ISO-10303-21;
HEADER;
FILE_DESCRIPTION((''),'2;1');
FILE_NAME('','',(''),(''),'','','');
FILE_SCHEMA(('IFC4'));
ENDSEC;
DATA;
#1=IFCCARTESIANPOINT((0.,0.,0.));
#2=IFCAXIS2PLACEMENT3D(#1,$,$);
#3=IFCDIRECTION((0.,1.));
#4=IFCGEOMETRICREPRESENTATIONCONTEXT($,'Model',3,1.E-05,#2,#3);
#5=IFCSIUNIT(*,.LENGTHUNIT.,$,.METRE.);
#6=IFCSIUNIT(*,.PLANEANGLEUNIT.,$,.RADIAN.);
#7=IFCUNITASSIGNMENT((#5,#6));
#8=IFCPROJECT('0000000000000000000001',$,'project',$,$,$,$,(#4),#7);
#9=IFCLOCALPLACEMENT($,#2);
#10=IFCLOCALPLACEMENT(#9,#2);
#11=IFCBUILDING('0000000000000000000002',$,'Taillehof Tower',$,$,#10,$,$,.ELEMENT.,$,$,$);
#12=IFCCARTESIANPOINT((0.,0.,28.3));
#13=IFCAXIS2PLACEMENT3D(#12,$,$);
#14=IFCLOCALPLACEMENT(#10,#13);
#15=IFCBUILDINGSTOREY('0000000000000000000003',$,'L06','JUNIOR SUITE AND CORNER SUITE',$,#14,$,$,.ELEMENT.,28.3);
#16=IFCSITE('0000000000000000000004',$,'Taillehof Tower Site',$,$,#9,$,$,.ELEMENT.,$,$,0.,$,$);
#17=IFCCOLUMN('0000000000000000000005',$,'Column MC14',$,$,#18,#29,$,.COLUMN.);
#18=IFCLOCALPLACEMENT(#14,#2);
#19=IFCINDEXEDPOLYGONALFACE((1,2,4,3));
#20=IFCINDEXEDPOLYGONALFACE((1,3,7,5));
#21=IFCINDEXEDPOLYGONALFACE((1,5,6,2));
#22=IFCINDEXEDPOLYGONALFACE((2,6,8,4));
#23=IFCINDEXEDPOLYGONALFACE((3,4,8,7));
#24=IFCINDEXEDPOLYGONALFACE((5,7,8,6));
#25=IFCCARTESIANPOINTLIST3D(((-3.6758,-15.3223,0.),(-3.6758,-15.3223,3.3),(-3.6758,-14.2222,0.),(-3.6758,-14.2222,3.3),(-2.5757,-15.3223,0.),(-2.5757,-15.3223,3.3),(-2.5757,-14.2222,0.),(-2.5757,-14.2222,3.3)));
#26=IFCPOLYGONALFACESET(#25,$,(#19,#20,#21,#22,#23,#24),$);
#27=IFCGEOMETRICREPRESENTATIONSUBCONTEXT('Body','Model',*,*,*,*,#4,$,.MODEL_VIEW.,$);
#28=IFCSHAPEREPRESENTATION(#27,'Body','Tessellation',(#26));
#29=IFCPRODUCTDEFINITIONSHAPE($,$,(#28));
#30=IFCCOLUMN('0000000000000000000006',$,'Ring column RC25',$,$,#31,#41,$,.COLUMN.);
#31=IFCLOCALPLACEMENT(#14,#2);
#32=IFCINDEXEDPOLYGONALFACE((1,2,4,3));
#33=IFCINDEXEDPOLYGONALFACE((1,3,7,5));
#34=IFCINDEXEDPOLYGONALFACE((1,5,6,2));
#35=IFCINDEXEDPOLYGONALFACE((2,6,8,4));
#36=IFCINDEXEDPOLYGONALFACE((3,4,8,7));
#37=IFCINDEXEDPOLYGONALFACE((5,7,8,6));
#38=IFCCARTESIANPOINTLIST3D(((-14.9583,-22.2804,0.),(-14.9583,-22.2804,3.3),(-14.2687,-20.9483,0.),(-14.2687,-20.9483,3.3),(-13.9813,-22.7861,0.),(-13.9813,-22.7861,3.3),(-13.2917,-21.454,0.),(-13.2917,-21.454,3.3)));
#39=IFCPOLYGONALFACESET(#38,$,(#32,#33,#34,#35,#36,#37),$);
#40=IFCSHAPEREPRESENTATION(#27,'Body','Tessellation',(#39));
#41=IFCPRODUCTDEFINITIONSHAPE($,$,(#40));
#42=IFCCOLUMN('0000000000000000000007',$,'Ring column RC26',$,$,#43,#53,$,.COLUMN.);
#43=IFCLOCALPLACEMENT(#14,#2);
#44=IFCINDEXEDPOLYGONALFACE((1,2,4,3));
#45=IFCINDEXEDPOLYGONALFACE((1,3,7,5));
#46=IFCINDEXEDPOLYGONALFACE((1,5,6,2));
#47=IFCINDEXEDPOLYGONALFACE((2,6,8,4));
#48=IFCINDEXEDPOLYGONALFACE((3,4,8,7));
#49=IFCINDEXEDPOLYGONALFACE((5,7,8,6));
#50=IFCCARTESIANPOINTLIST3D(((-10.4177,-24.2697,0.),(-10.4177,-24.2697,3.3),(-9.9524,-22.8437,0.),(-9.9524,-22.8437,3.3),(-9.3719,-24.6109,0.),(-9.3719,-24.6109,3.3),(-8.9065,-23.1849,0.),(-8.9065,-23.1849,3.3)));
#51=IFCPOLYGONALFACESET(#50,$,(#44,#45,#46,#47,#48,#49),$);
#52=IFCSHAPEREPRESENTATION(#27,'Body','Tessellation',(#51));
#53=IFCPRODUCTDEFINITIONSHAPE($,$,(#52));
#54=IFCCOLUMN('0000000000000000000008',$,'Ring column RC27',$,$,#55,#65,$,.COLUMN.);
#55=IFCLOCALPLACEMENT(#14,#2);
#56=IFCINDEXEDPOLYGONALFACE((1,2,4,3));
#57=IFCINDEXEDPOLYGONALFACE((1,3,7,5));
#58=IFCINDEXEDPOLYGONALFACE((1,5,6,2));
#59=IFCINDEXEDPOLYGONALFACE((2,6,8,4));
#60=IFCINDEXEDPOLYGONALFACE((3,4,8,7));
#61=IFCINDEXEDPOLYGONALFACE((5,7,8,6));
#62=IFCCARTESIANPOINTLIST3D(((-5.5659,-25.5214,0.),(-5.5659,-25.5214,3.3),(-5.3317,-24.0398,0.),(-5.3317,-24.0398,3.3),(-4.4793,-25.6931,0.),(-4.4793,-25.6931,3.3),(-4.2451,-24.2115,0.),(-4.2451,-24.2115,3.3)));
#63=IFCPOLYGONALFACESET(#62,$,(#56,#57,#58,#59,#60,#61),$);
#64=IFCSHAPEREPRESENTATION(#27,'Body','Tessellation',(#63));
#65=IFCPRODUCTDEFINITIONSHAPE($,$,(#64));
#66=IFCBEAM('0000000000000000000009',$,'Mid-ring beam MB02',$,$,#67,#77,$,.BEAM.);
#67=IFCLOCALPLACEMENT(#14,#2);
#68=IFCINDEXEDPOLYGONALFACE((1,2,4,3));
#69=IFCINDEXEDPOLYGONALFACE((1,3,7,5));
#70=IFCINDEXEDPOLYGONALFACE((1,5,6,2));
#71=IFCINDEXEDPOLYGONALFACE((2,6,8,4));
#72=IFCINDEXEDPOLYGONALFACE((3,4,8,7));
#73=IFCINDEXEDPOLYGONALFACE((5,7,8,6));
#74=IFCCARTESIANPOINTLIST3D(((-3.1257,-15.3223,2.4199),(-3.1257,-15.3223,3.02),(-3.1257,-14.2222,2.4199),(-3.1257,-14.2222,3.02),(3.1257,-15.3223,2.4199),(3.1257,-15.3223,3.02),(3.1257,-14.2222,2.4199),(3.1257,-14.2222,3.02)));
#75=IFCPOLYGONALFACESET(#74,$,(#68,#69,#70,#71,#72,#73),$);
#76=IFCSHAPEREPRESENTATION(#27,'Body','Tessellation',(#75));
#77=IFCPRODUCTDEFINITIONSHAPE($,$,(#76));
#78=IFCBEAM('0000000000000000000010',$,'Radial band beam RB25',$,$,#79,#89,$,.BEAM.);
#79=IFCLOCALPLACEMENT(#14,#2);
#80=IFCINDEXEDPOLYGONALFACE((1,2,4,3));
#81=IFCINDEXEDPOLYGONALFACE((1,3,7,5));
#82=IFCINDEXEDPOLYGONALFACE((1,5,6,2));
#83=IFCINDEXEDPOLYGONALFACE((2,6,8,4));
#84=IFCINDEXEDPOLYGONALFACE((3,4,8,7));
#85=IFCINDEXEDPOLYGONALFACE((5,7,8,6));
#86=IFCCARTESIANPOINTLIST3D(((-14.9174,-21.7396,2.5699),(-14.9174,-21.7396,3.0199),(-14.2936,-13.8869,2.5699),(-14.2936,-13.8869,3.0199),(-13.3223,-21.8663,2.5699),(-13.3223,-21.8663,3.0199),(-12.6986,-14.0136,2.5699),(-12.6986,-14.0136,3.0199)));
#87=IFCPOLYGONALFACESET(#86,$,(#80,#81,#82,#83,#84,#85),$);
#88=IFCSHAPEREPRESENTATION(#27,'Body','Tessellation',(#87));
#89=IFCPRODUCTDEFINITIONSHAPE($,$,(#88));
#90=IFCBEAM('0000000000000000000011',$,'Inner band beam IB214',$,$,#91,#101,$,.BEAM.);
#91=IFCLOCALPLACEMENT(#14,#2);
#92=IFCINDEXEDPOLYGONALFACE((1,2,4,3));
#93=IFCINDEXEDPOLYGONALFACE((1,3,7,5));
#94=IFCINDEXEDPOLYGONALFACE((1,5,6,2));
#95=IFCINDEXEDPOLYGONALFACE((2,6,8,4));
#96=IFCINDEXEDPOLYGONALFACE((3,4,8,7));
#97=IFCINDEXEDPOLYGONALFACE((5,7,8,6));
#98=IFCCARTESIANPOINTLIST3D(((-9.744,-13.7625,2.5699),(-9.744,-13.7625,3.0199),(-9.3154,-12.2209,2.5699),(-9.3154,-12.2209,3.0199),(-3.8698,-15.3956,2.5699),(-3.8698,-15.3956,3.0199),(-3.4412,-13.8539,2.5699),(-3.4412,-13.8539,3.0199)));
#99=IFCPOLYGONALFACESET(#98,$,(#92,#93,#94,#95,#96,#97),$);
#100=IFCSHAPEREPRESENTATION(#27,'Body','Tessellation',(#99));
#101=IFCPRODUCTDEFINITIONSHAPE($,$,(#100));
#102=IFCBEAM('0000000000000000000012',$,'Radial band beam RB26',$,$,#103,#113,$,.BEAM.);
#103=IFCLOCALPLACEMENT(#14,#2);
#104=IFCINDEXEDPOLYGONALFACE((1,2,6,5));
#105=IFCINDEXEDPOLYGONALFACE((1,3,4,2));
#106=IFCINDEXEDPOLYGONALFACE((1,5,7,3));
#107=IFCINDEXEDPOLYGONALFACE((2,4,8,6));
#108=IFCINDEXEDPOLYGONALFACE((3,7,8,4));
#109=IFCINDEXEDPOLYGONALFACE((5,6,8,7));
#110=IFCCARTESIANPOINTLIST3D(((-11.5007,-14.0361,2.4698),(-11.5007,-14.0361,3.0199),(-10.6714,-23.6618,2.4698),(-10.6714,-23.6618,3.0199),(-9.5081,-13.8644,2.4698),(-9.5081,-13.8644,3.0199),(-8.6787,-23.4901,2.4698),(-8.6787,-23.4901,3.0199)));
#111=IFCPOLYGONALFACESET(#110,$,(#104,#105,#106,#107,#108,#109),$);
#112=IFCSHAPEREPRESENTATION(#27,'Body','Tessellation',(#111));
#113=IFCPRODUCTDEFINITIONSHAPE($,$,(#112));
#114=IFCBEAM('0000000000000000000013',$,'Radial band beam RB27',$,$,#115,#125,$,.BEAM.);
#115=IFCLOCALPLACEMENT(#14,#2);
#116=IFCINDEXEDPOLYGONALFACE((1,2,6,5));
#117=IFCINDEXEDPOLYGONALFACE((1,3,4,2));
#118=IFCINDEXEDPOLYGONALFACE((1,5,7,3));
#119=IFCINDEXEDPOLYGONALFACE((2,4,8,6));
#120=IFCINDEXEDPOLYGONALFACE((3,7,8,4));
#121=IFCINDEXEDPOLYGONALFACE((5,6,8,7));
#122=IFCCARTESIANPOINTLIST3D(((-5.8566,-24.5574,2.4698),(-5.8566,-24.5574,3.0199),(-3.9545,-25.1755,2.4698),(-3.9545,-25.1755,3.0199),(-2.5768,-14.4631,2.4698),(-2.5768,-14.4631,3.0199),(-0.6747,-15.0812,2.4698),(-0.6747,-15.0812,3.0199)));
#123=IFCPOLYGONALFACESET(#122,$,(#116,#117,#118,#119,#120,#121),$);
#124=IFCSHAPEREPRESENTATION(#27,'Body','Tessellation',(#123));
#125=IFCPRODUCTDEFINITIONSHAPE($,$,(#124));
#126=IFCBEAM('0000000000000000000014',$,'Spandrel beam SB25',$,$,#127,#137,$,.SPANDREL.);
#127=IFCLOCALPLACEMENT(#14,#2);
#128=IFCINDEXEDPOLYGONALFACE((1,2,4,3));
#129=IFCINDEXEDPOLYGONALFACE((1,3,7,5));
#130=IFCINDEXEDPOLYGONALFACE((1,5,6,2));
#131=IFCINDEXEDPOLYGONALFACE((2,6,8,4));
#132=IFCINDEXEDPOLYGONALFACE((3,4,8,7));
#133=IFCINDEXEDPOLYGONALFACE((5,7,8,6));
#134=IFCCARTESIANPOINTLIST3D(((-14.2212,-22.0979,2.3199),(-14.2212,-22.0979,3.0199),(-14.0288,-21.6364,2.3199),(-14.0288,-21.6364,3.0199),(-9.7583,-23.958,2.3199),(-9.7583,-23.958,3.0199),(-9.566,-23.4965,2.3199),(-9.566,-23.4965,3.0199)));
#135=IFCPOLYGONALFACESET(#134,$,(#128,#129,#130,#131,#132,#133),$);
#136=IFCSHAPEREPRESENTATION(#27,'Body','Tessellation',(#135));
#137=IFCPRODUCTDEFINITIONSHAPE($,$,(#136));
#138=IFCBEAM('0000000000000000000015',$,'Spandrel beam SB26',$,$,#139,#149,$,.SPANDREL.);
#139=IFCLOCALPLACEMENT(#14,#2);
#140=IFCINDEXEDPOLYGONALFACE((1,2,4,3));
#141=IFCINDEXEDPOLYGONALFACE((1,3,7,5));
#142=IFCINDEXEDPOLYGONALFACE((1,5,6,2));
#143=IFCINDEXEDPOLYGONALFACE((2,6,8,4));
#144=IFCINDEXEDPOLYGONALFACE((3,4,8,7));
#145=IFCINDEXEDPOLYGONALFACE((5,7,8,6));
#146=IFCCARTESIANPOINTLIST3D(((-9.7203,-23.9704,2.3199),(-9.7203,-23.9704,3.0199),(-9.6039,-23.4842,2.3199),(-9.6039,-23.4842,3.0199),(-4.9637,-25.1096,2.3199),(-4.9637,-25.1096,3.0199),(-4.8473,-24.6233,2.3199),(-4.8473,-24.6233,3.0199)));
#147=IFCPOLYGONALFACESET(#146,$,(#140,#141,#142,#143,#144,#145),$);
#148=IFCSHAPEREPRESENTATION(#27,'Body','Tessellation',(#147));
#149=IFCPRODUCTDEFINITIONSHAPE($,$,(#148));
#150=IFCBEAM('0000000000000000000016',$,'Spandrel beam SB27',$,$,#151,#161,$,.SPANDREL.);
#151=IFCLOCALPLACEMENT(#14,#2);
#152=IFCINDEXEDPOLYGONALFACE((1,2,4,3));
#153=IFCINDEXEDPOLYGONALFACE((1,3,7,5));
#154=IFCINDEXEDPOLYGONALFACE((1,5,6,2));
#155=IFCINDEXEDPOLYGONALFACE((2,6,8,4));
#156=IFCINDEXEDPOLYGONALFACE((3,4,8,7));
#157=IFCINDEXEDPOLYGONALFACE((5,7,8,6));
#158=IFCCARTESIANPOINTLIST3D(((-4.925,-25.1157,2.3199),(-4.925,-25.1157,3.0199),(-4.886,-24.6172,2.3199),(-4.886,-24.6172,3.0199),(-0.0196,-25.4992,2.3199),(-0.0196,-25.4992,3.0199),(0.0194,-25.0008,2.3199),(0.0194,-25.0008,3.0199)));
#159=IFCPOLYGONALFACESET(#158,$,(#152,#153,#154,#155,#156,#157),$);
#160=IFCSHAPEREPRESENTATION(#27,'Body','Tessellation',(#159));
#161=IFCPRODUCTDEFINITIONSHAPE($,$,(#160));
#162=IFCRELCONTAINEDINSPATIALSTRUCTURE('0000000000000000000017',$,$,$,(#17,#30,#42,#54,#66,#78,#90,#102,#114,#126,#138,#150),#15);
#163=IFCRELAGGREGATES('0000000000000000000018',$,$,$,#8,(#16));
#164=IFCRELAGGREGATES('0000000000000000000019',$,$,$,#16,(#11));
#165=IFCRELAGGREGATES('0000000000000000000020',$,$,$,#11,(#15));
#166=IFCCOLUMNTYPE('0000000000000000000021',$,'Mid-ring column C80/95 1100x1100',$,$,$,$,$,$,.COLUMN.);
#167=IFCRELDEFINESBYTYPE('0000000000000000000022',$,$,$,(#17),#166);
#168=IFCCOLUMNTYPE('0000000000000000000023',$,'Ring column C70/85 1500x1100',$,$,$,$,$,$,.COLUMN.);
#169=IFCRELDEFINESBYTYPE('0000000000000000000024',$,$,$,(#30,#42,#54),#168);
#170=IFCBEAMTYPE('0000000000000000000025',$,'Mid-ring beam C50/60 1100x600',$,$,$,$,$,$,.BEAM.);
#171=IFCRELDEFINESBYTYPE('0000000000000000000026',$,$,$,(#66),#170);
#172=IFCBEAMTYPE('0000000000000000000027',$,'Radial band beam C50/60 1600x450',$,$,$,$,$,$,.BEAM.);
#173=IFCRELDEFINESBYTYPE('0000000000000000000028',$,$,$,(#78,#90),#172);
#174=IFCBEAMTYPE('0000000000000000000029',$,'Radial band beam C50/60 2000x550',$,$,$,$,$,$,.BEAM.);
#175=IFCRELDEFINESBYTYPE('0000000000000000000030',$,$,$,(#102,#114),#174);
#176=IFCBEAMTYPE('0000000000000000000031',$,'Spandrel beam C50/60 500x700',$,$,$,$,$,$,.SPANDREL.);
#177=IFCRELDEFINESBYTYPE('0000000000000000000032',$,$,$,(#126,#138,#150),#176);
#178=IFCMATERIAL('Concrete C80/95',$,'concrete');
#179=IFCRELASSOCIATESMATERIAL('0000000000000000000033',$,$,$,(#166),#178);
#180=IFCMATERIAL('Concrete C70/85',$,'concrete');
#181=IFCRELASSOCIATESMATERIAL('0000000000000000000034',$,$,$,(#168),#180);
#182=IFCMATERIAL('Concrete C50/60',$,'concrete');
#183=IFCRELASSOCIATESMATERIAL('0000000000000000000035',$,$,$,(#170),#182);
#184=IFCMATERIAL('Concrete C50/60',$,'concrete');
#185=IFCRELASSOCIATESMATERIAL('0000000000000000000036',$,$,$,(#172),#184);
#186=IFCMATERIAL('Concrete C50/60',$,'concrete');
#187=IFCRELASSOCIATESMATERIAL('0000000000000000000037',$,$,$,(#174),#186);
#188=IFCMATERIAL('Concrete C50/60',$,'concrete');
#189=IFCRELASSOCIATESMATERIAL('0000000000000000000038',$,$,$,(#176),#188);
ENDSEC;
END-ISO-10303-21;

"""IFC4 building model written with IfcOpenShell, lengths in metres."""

from ifc_helpers import new_model, si_unit, direction, frame, origin, origin_2d, place, context, subcontext, project, spatial, rectangle, extrude, material, material_profile, profile_set, type_object, element, save


model = new_model("IFC4")

# Units and contexts
model_context = context("Model", 3, precision=1e-05, world=origin(), true_north=direction((0.0, 1.0)))
body_context = subcontext(model_context, "Body", "Model", "MODEL_VIEW")
ifc_project = project(units=[si_unit("LENGTHUNIT", "METRE"), si_unit("PLANEANGLEUNIT", "RADIAN")], contexts=[model_context])

# Site, building, storey
site_placement = place(None, origin())
site = spatial("IfcSite", under=ifc_project, at=site_placement, Name="Taillehof Tower Site", CompositionType="ELEMENT", RefElevation=0.0)
building_placement = place(site_placement, origin())
building = spatial("IfcBuilding", under=site, at=building_placement, Name="Taillehof Tower", CompositionType="ELEMENT")
storey_placement = place(building_placement, frame((0.0, 0.0, 28.3)))
storey = spatial("IfcBuildingStorey", under=building, at=storey_placement, Name="L06", Description="JUNIOR SUITE AND CORNER SUITE", CompositionType="ELEMENT", Elevation=28.3)

# Columns
ifc_material_1 = material(Name="Concrete C80/95", Category="concrete")
ifc_material_profile_1 = material_profile(ifc_material_1, rectangle(XDim=1.1001, YDim=1.1001, at=origin_2d()), Name="RC 1100x1100")
ifc_profile_set_1 = profile_set([ifc_material_profile_1], Name="Concrete C80/95")
column_type_1 = type_object("IfcColumnType", Name="Mid-ring column C80/95 1100x1100", PredefinedType="COLUMN", material=ifc_profile_set_1)
column_placement = place(storey_placement, frame((-3.1257, -14.7722, 0.0), z_axis=(0.0, 0.0, 1.0), x_axis=(1.0, 0.0, 0.0)))
element("IfcColumn", 1, at=column_placement, inside=storey, type_object=column_type_1, Name="Column MC14", PredefinedType="COLUMN", context=body_context, shape_type="SweptSolid", body=[
    extrude(rectangle(XDim=1.1001, YDim=1.1001, at=origin_2d()), origin(), (0.0, 0.0, 1.0), 3.3),
])
ifc_material_2 = material(Name="Concrete C70/85", Category="concrete")
ifc_material_profile_2 = material_profile(ifc_material_2, rectangle(XDim=1.5, YDim=1.1001, at=origin_2d()), Name="RC 1500x1100")
ifc_profile_set_2 = profile_set([ifc_material_profile_2], Name="Concrete C70/85")
column_type_2 = type_object("IfcColumnType", Name="Ring column C70/85 1500x1100", PredefinedType="COLUMN", material=ifc_profile_set_2)
for number, where, z_axis, x_axis, name in (
    (2, (-14.125, -21.8672, 0.0), (0.0, 0.0, 1.0), (-0.459691, -0.888079, 0.0), "Ring column RC25"),
    (3, (-9.6621, -23.7273, 0.0), (0.0, 0.0, 1.0), (-0.310219, -0.950665, 0.0), "Ring column RC26"),
    (4, (-4.9055, -24.8665, 0.0), (0.0, 0.0, 1.0), (-0.156147, -0.987734, 0.0), "Ring column RC27"),
):
    element("IfcColumn", number, at=place(storey_placement, frame(where, z_axis=z_axis, x_axis=x_axis)), inside=storey, type_object=column_type_2, Name=name, PredefinedType="COLUMN", context=body_context, shape_type="SweptSolid", body=[
        extrude(rectangle(XDim=1.5, YDim=1.1001, at=origin_2d()), origin(), (0.0, 0.0, 1.0), 3.3),
    ])

# Beams
ifc_material_3 = material(Name="Concrete C50/60", Category="concrete")
ifc_material_profile_3 = material_profile(ifc_material_3, rectangle(XDim=1.1001, YDim=0.6001, at=origin_2d()), Name="RC 1100x600")
ifc_profile_set_3 = profile_set([ifc_material_profile_3], Name="Concrete C50/60")
beam_type_1 = type_object("IfcBeamType", Name="Mid-ring beam C50/60 1100x600", PredefinedType="BEAM", material=ifc_profile_set_3)
beam_1_placement = place(storey_placement, frame((-3.1257, -14.7722, 2.72), z_axis=(1.0, 0.0, 0.0), x_axis=(0.0, 1.0, 0.0)))
element("IfcBeam", 5, at=beam_1_placement, inside=storey, type_object=beam_type_1, Name="Mid-ring beam MB02", PredefinedType="BEAM", context=body_context, shape_type="SweptSolid", body=[
    extrude(rectangle(XDim=1.1001, YDim=0.6001, at=origin_2d()), origin(), (0.0, 0.0, 1.0), 6.2515),
])
ifc_material_4 = material(Name="Concrete C50/60", Category="concrete")
ifc_material_profile_4 = material_profile(ifc_material_4, rectangle(XDim=1.6001, YDim=0.45, at=origin_2d()), Name="RC 1600x450")
ifc_profile_set_4 = profile_set([ifc_material_profile_4], Name="Concrete C50/60")
beam_type_2 = type_object("IfcBeamType", Name="Radial band beam C50/60 1600x450", PredefinedType="BEAM", material=ifc_profile_set_4)
beam_2_placement = place(storey_placement, frame((-14.1199, -21.803, 2.7949), z_axis=(0.079185, 0.99686, 0.0), x_axis=(-0.99686, 0.079185, 0.0)))
element("IfcBeam", 6, at=beam_2_placement, inside=storey, type_object=beam_type_2, Name="Radial band beam RB25", PredefinedType="BEAM", context=body_context, shape_type="SweptSolid", body=[
    extrude(rectangle(XDim=1.6001, YDim=0.45, at=origin_2d()), origin(), (0.0, 0.0, 1.0), 7.8774),
])
beam_3_placement = place(storey_placement, frame((-3.6555, -14.6248, 2.7949), z_axis=(-0.963459, 0.267855, 0.0), x_axis=(-0.267855, -0.963459, 0.0)))
element("IfcBeam", 7, at=beam_3_placement, inside=storey, type_object=beam_type_2, Name="Inner band beam IB214", PredefinedType="BEAM", context=body_context, shape_type="SweptSolid", body=[
    extrude(rectangle(XDim=1.6001, YDim=0.45, at=origin_2d()), origin(), (0.0, 0.0, 1.0), 6.0969),
])
ifc_material_5 = material(Name="Concrete C50/60", Category="concrete")
ifc_material_profile_5 = material_profile(ifc_material_5, rectangle(XDim=2.0, YDim=0.55, at=origin_2d()), Name="RC 2000x550")
ifc_profile_set_5 = profile_set([ifc_material_profile_5], Name="Concrete C50/60")
beam_type_3 = type_object("IfcBeamType", Name="Radial band beam C50/60 2000x550", PredefinedType="BEAM", material=ifc_profile_set_5)
beam_4_placement = place(storey_placement, frame((-9.675, -23.5759, 2.7449), z_axis=(-0.085841, 0.996309, 0.0), x_axis=(-0.996309, -0.085841, 0.0)))
element("IfcBeam", 8, at=beam_4_placement, inside=storey, type_object=beam_type_3, Name="Radial band beam RB26", PredefinedType="BEAM", context=body_context, shape_type="SweptSolid", body=[
    extrude(rectangle(XDim=2.0, YDim=0.55, at=origin_2d()), origin(), (0.0, 0.0, 1.0), 9.6614),
])
beam_5_placement = place(storey_placement, frame((-4.9055, -24.8665, 2.7449), z_axis=(0.309014, 0.951057, 0.0), x_axis=(-0.951057, 0.309014, 0.0)))
element("IfcBeam", 9, at=beam_5_placement, inside=storey, type_object=beam_type_3, Name="Radial band beam RB27", PredefinedType="BEAM", context=body_context, shape_type="SweptSolid", body=[
    extrude(rectangle(XDim=2.0, YDim=0.55, at=origin_2d()), origin(), (0.0, 0.0, 1.0), 10.6138),
])
ifc_material_6 = material(Name="Concrete C50/60", Category="concrete")
ifc_material_profile_6 = material_profile(ifc_material_6, rectangle(XDim=0.5, YDim=0.7, at=origin_2d()), Name="RC 500x700")
ifc_profile_set_6 = profile_set([ifc_material_profile_6], Name="Concrete C50/60")
beam_type_4 = type_object("IfcBeamType", Name="Spandrel beam C50/60 500x700", PredefinedType="SPANDREL", material=ifc_profile_set_6)
beam_6_placement = place(storey_placement, frame((-14.125, -21.8672, 2.6699), z_axis=(0.923035, -0.384716, 0.0), x_axis=(0.384716, 0.923035, 0.0)))
element("IfcBeam", 10, at=beam_6_placement, inside=storey, type_object=beam_type_4, Name="Spandrel beam SB25", PredefinedType="SPANDREL", context=body_context, shape_type="SweptSolid", body=[
    extrude(rectangle(XDim=0.5, YDim=0.7, at=origin_2d()), origin(), (0.0, 0.0, 1.0), 4.835),
])
beam_7_placement = place(storey_placement, frame((-9.6621, -23.7273, 2.6699), z_axis=(0.9725, -0.232905, 0.0), x_axis=(0.232905, 0.9725, 0.0)))
element("IfcBeam", 11, at=beam_7_placement, inside=storey, type_object=beam_type_4, Name="Spandrel beam SB26", PredefinedType="SPANDREL", context=body_context, shape_type="SweptSolid", body=[
    extrude(rectangle(XDim=0.5, YDim=0.7, at=origin_2d()), origin(), (0.0, 0.0, 1.0), 4.8911),
])
beam_8_placement = place(storey_placement, frame((-4.9055, -24.8665, 2.6699), z_axis=(0.996957, -0.077949, 0.0), x_axis=(0.077949, 0.996957, 0.0)))
element("IfcBeam", 12, at=beam_8_placement, inside=storey, type_object=beam_type_4, Name="Spandrel beam SB27", PredefinedType="SPANDREL", context=body_context, shape_type="SweptSolid", body=[
    extrude(rectangle(XDim=0.5, YDim=0.7, at=origin_2d()), origin(), (0.0, 0.0, 1.0), 4.9204),
])

save(model, "model.ifc")
